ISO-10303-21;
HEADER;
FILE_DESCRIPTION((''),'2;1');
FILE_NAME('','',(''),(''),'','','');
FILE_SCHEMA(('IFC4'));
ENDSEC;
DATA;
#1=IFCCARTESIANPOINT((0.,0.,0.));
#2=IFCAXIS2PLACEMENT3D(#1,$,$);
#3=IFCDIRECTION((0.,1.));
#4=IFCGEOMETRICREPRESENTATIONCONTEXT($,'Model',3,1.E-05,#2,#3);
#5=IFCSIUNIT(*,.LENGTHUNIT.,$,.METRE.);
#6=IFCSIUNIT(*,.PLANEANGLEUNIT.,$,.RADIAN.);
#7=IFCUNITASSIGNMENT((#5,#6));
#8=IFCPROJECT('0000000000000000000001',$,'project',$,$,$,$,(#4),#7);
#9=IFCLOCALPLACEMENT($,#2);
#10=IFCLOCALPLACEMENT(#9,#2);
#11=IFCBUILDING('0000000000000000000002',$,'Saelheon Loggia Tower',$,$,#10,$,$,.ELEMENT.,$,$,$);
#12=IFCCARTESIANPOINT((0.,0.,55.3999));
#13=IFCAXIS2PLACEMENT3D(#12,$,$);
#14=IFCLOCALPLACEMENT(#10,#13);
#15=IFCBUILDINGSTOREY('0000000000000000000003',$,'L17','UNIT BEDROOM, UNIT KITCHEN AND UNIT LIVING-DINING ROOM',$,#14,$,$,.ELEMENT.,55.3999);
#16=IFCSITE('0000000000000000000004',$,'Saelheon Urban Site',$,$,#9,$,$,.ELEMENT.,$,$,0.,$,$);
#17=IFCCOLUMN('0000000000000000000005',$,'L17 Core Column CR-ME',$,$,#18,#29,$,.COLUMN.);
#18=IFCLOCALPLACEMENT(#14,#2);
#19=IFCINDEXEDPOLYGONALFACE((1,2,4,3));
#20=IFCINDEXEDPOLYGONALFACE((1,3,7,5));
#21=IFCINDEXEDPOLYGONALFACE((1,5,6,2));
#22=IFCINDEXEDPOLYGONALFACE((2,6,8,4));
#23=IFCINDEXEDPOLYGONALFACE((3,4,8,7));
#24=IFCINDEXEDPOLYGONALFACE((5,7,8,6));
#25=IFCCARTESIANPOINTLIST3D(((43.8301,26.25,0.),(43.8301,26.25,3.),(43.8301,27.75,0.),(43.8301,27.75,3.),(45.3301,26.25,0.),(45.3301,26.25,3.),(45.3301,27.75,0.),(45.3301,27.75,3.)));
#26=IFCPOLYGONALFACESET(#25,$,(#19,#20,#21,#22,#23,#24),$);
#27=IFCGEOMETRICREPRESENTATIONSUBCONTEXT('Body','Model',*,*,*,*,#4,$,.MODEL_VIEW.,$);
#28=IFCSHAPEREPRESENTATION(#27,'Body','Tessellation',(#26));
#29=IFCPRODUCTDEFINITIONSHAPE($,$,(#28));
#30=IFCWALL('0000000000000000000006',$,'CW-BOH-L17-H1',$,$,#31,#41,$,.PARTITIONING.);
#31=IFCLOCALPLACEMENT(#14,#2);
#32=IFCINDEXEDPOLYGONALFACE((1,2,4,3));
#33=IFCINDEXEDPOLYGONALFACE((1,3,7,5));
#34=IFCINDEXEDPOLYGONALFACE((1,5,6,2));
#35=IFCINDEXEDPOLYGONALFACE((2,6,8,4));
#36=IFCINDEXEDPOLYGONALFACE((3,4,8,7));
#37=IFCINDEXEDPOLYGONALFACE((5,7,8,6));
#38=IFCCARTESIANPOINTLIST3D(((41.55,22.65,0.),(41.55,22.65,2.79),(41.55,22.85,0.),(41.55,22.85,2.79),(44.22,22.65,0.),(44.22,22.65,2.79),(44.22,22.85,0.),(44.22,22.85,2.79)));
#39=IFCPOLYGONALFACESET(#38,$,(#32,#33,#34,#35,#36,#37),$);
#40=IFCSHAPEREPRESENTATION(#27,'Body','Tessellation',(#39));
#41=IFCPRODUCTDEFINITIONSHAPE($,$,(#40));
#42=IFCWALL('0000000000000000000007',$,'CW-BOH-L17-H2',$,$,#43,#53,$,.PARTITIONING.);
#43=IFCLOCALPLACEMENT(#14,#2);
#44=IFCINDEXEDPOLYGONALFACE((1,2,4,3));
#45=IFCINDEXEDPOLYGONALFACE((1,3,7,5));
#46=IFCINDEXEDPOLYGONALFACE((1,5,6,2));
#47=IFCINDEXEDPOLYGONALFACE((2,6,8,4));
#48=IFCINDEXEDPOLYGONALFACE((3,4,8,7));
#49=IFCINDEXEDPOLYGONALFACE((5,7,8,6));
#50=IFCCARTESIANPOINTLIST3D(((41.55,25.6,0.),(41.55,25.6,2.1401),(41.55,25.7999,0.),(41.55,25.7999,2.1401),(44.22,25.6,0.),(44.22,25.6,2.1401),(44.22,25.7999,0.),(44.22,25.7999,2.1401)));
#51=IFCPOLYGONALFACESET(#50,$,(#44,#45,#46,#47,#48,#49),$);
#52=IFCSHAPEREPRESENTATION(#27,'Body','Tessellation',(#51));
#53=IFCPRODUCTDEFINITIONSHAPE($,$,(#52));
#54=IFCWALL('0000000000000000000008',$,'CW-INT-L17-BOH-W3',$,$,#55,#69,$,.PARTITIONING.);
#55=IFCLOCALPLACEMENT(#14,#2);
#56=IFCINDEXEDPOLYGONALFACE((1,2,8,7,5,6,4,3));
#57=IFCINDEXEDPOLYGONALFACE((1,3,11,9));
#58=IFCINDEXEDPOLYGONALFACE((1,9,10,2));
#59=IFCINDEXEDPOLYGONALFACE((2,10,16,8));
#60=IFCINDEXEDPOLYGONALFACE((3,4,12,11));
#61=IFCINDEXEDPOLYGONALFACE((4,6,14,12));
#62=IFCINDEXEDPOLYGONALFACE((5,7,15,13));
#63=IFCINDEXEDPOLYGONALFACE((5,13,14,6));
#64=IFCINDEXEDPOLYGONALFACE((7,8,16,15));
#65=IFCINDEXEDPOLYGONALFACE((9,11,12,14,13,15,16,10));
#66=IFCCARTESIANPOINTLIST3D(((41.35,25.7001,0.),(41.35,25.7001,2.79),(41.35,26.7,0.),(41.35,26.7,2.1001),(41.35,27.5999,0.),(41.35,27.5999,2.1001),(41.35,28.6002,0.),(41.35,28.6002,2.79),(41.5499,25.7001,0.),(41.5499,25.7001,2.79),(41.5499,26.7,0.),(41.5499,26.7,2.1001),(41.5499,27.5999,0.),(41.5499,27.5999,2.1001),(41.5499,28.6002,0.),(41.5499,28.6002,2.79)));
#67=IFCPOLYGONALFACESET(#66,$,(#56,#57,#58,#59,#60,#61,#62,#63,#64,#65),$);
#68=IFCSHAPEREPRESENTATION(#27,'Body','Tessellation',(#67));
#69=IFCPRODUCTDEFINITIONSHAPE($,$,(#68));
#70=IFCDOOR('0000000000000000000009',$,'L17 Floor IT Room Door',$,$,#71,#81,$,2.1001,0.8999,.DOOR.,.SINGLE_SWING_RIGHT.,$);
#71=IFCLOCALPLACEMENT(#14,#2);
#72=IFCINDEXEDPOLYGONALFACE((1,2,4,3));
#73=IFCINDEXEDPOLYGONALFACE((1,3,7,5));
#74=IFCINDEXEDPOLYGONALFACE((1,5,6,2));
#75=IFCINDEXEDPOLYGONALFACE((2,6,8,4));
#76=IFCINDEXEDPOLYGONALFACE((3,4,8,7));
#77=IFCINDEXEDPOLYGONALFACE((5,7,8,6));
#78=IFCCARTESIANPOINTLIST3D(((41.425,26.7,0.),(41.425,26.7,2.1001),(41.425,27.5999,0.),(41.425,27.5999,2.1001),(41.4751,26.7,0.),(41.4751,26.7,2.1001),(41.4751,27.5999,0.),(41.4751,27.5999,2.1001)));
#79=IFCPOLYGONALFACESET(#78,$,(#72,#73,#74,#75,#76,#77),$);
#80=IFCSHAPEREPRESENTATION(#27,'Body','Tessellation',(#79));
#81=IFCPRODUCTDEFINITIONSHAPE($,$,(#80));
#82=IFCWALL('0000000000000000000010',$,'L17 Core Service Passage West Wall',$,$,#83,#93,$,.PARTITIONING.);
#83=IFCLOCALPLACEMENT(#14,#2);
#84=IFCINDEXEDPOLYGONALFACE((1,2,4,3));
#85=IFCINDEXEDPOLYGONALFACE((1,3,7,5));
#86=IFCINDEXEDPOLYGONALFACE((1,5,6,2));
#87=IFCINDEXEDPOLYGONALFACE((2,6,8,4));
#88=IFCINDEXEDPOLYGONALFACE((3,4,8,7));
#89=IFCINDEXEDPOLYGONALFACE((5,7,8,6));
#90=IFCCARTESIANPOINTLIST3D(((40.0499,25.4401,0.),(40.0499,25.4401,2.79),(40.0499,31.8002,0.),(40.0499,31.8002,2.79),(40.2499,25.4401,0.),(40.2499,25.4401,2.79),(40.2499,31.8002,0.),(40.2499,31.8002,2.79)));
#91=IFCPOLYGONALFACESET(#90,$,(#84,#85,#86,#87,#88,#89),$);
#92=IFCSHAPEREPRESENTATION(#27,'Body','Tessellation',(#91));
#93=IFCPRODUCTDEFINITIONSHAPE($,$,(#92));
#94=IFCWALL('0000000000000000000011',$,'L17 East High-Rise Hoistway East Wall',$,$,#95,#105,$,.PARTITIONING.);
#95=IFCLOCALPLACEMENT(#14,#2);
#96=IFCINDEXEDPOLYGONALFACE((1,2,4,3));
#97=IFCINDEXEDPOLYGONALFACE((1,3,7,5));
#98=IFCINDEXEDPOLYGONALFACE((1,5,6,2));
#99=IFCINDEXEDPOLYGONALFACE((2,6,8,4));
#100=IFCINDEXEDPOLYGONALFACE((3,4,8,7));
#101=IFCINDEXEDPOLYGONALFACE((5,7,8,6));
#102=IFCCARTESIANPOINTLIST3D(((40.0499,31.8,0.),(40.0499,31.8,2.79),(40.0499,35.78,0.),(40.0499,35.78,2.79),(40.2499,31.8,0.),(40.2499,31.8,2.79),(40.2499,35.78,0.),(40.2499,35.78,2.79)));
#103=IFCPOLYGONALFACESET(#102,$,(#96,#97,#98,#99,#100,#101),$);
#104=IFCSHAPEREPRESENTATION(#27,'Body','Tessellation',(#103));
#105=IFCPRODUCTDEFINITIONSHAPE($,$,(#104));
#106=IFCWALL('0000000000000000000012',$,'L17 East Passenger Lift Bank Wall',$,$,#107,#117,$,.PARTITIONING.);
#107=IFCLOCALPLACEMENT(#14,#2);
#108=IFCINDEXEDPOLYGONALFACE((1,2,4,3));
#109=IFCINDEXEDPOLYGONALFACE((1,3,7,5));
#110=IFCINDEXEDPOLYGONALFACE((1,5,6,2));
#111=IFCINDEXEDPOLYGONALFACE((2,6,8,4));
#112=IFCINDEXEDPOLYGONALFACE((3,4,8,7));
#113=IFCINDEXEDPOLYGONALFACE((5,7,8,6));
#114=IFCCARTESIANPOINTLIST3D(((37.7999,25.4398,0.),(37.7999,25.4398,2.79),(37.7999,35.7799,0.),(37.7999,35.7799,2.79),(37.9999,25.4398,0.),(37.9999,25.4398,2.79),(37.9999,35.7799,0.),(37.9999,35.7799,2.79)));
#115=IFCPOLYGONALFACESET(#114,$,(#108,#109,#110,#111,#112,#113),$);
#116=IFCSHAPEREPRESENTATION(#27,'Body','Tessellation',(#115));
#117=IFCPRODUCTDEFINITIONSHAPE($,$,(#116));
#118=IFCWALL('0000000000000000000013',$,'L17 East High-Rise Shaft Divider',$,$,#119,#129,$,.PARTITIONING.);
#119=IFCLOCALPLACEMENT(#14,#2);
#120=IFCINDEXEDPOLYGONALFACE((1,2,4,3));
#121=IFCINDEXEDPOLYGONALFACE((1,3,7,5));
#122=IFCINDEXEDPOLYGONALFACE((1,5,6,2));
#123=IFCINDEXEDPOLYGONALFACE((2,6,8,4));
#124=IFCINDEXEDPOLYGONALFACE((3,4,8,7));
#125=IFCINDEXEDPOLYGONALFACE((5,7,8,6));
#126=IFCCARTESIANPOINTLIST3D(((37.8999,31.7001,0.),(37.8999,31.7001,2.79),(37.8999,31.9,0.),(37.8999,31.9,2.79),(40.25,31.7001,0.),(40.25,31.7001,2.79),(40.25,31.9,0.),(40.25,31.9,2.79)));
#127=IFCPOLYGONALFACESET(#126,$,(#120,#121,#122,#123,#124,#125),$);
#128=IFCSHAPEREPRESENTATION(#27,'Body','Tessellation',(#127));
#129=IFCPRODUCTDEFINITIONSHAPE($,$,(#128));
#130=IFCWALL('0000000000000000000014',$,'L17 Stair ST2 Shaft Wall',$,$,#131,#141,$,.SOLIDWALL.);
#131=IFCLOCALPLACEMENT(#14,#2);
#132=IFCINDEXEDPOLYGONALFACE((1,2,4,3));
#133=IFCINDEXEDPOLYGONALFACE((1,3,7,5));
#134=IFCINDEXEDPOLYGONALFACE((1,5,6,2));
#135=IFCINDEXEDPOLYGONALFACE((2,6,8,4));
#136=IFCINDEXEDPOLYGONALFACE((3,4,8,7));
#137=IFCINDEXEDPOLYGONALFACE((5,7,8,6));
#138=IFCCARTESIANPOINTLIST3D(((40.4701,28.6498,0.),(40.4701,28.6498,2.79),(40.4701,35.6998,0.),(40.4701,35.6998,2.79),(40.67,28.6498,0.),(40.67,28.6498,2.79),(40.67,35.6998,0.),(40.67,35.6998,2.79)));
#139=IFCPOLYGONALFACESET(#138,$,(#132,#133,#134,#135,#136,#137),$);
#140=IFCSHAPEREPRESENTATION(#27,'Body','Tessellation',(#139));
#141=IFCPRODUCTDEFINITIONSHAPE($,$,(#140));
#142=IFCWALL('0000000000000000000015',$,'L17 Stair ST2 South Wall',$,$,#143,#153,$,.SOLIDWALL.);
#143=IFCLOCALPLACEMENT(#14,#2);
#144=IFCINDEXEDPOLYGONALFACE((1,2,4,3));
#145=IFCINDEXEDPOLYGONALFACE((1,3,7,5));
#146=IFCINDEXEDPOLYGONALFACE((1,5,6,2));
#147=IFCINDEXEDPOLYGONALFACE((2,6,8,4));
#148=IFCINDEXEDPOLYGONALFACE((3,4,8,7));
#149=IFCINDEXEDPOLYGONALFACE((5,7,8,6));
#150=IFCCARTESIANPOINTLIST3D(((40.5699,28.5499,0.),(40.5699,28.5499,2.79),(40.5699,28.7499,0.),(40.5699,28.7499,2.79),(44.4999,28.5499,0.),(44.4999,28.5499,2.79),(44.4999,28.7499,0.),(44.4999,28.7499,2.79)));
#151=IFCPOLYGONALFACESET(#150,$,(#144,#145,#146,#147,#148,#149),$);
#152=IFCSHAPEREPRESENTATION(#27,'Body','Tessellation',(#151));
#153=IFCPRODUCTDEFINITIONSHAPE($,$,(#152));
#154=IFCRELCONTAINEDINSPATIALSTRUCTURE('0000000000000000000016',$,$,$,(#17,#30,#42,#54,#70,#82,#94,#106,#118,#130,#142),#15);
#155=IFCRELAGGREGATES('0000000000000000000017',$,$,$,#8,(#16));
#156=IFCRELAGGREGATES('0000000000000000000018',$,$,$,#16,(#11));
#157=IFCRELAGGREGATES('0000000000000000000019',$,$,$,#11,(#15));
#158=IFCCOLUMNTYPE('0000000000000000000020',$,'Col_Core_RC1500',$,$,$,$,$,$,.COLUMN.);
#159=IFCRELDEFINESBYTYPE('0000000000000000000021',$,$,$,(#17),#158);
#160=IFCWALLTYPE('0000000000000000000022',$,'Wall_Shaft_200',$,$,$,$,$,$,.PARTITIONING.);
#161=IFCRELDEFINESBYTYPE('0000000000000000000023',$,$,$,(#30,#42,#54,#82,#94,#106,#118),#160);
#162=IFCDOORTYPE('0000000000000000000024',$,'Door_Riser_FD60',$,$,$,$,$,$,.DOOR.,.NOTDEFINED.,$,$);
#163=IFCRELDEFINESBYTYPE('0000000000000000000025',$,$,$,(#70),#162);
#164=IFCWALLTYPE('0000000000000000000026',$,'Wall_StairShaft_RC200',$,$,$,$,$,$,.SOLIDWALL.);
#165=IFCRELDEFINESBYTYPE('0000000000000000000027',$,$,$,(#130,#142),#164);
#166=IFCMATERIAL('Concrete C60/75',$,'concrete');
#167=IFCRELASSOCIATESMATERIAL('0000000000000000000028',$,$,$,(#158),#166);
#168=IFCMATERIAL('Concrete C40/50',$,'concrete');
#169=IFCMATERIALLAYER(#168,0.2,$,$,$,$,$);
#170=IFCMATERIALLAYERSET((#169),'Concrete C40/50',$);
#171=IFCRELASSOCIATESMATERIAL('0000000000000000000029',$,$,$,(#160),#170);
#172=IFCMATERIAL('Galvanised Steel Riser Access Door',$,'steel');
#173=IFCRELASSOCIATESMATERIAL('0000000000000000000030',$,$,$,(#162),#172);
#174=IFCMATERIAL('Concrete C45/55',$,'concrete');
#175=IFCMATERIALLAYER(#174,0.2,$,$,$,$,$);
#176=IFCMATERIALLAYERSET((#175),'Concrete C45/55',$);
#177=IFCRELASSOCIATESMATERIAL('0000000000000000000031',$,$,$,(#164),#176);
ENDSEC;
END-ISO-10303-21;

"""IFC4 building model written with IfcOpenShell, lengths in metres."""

from ifc_helpers import new_model, si_unit, direction, frame, frame_2d, origin, origin_2d, place, context, subcontext, project, spatial, rectangle, extrude, source, transform, mapped, material, layer, layer_set, material_profile, profile_set, type_object, element, fill, save


model = new_model("IFC4")

# Units and contexts
model_context = context("Model", 3, precision=1e-05, world=origin(), true_north=direction((0.0, 1.0)))
body_context = subcontext(model_context, "Body", "Model", "MODEL_VIEW")
ifc_project = project(units=[si_unit("LENGTHUNIT", "METRE"), si_unit("PLANEANGLEUNIT", "RADIAN")], contexts=[model_context])

# Site, building, storey
site_placement = place(None, origin())
site = spatial("IfcSite", under=ifc_project, at=site_placement, Name="Saelheon Urban Site", CompositionType="ELEMENT", RefElevation=0.0)
building_placement = place(site_placement, origin())
building = spatial("IfcBuilding", under=site, at=building_placement, Name="Saelheon Loggia Tower", CompositionType="ELEMENT")
storey_placement = place(building_placement, frame((0.0, 0.0, 55.3999)))
storey = spatial("IfcBuildingStorey", under=building, at=storey_placement, Name="L17", Description="UNIT BEDROOM, UNIT KITCHEN AND UNIT LIVING-DINING ROOM", CompositionType="ELEMENT", Elevation=55.3999)

# Column
ifc_material_1 = material(Name="Concrete C60/75", Category="concrete")
ifc_material_profile = material_profile(ifc_material_1, rectangle(XDim=1.5, YDim=1.5, at=origin_2d()), Name="RC-1500x1500")
ifc_profile_set = profile_set([ifc_material_profile], Name="Concrete C60/75")
column_type = type_object("IfcColumnType", Name="Col_Core_RC1500", PredefinedType="COLUMN", material=ifc_profile_set)
shared_shape_1 = source(origin(), body_context, "Body", "SweptSolid", [
    extrude(rectangle(XDim=1.5, YDim=1.5, at=origin_2d()), origin(), (0.0, 0.0, 1.0), 3.0),
])
column_placement = place(storey_placement, frame((44.5801, 27.0, 0.0), z_axis=(0.0, 0.0, 1.0), x_axis=(1.0, 0.0, 0.0)))
element("IfcColumn", 1, at=column_placement, inside=storey, type_object=column_type, Name="L17 Core Column CR-ME", PredefinedType="COLUMN", context=body_context, shape_type="MappedRepresentation", body=[
    mapped(shared_shape_1, transform((0.0, 0.0, 0.0), scale=1.0)),
])

# Walls
ifc_material_2 = material(Name="Concrete C40/50", Category="concrete")
ifc_layer_1 = layer(ifc_material_2, 0.2)
ifc_layer_set_1 = layer_set([ifc_layer_1], Name="Concrete C40/50")
wall_type_1 = type_object("IfcWallType", Name="Wall_Shaft_200", PredefinedType="PARTITIONING", material=ifc_layer_set_1)
wall_1_placement = place(storey_placement, frame((41.55, 22.75, 0.0), z_axis=(0.0, 0.0, 1.0), x_axis=(1.0, 0.0, 0.0)))
element("IfcWall", 2, at=wall_1_placement, inside=storey, type_object=wall_type_1, Name="CW-BOH-L17-H1", PredefinedType="PARTITIONING", context=body_context, shape_type="SweptSolid", body=[
    extrude(rectangle(XDim=2.6699, YDim=0.2, at=frame_2d((1.335, 0.0))), origin(), (0.0, 0.0, 1.0), 2.79),
])
wall_2_placement = place(storey_placement, frame((41.55, 25.7, 0.0), z_axis=(0.0, 0.0, 1.0), x_axis=(1.0, 0.0, 0.0)))
element("IfcWall", 3, at=wall_2_placement, inside=storey, type_object=wall_type_1, Name="CW-BOH-L17-H2", PredefinedType="PARTITIONING", context=body_context, shape_type="SweptSolid", body=[
    extrude(rectangle(XDim=2.6699, YDim=0.2, at=frame_2d((1.335, 0.0))), origin(), (0.0, 0.0, 1.0), 2.1401),
])

# Wall, opening, door
wall_3_placement = place(storey_placement, frame((41.45, 25.7, 0.0), z_axis=(0.0, 0.0, 1.0), x_axis=(0.0, 1.0, 0.0)))
wall_3 = element("IfcWall", 4, at=wall_3_placement, inside=storey, type_object=wall_type_1, Name="CW-INT-L17-BOH-W3", PredefinedType="PARTITIONING", context=body_context, shape_type="SweptSolid", body=[
    extrude(rectangle(XDim=2.9001, YDim=0.2, at=frame_2d((1.4502, 0.0))), origin(), (0.0, 0.0, 1.0), 2.79),
])
opening_1_placement = place(wall_3_placement, frame((1.0, 0.0, 0.0)))
opening_1 = element("IfcOpeningElement", 5, at=opening_1_placement, cuts=wall_3, PredefinedType="OPENING", context=body_context, shape_type="SweptSolid", body=[
    extrude(rectangle(XDim=0.8999, YDim=2.1001, at=frame_2d((0.45, 1.05))), frame((0.0, 0.1121, 0.0), z_axis=(0.0, -1.0, 0.0), x_axis=(1.0, 0.0, 0.0)), (0.0, 0.0, 1.0), 0.2239),
])
ifc_material_3 = material(Name="Galvanised Steel Riser Access Door", Category="steel")
door_type_1 = type_object("IfcDoorType", Name="Door_Riser_FD60", OperationType="NOTDEFINED", PredefinedType="DOOR", material=ifc_material_3)
shared_shape_2 = source(origin(), body_context, "Body", "SweptSolid", [
    extrude(rectangle(XDim=0.8999, YDim=2.1001, at=frame_2d((0.45, 1.05))), frame((0.0, 0.0249, 0.0), z_axis=(0.0, -1.0, 0.0), x_axis=(1.0, 0.0, 0.0)), (0.0, 0.0, 1.0), 0.05),
])
door_1_placement = place(opening_1_placement, origin())
door_1 = element("IfcDoor", 6, at=door_1_placement, inside=storey, type_object=door_type_1, Name="L17 Floor IT Room Door", OperationType="SINGLE_SWING_RIGHT", OverallHeight=2.1001, OverallWidth=0.8999, PredefinedType="DOOR", context=body_context, shape_type="MappedRepresentation", body=[
    mapped(shared_shape_2, transform((0.0, 0.0, 0.0), scale=1.0)),
])
fill(opening_1, door_1)

# Walls
wall_4_placement = place(storey_placement, frame((40.1499, 25.4399, 0.0), z_axis=(0.0, 0.0, 1.0), x_axis=(0.0, 1.0, 0.0)))
element("IfcWall", 7, at=wall_4_placement, inside=storey, type_object=wall_type_1, Name="L17 Core Service Passage West Wall", PredefinedType="PARTITIONING", context=body_context, shape_type="SweptSolid", body=[
    extrude(rectangle(XDim=6.3601, YDim=0.2, at=frame_2d((3.1802, 0.0))), origin(), (0.0, 0.0, 1.0), 2.79),
])
wall_5_placement = place(storey_placement, frame((40.1499, 31.8, 0.0), z_axis=(0.0, 0.0, 1.0), x_axis=(0.0, 1.0, 0.0)))
element("IfcWall", 8, at=wall_5_placement, inside=storey, type_object=wall_type_1, Name="L17 East High-Rise Hoistway East Wall", PredefinedType="PARTITIONING", context=body_context, shape_type="SweptSolid", body=[
    extrude(rectangle(XDim=3.98, YDim=0.2, at=frame_2d((1.99, 0.0))), origin(), (0.0, 0.0, 1.0), 2.79),
])

# Walls
wall_6_placement = place(storey_placement, frame((37.8999, 25.4399, 0.0), z_axis=(0.0, 0.0, 1.0), x_axis=(0.0, 1.0, 0.0)))
element("IfcWall", 9, at=wall_6_placement, inside=storey, type_object=wall_type_1, Name="L17 East Passenger Lift Bank Wall", PredefinedType="PARTITIONING", context=body_context, shape_type="SweptSolid", body=[
    extrude(rectangle(XDim=10.3401, YDim=0.2, at=frame_2d((5.1699, 0.0))), origin(), (0.0, 0.0, 1.0), 2.79),
])
wall_7_placement = place(storey_placement, frame((37.8999, 31.8, 0.0), z_axis=(0.0, 0.0, 1.0), x_axis=(1.0, 0.0, 0.0)))
element("IfcWall", 10, at=wall_7_placement, inside=storey, type_object=wall_type_1, Name="L17 East High-Rise Shaft Divider", PredefinedType="PARTITIONING", context=body_context, shape_type="SweptSolid", body=[
    extrude(rectangle(XDim=2.3501, YDim=0.2, at=frame_2d((1.175, 0.0))), origin(), (0.0, 0.0, 1.0), 2.79),
])
ifc_material_4 = material(Name="Concrete C45/55", Category="concrete")
ifc_layer_2 = layer(ifc_material_4, 0.2)
ifc_layer_set_2 = layer_set([ifc_layer_2], Name="Concrete C45/55")
wall_type_2 = type_object("IfcWallType", Name="Wall_StairShaft_RC200", PredefinedType="SOLIDWALL", material=ifc_layer_set_2)
wall_8_placement = place(storey_placement, frame((40.5701, 28.6499, 0.0), z_axis=(0.0, 0.0, 1.0), x_axis=(0.0, 1.0, 0.0)))
element("IfcWall", 11, at=wall_8_placement, inside=storey, type_object=wall_type_2, Name="L17 Stair ST2 Shaft Wall", PredefinedType="SOLIDWALL", context=body_context, shape_type="SweptSolid", body=[
    extrude(rectangle(XDim=7.05, YDim=0.2, at=frame_2d((3.5249, 0.0))), origin(), (0.0, 0.0, 1.0), 2.79),
])
wall_9_placement = place(storey_placement, frame((40.5701, 28.6499, 0.0), z_axis=(0.0, 0.0, 1.0), x_axis=(1.0, 0.0, 0.0)))
element("IfcWall", 12, at=wall_9_placement, inside=storey, type_object=wall_type_2, Name="L17 Stair ST2 South Wall", PredefinedType="SOLIDWALL", context=body_context, shape_type="SweptSolid", body=[
    extrude(rectangle(XDim=3.9299, YDim=0.2, at=frame_2d((1.9648, 0.0))), origin(), (0.0, 0.0, 1.0), 2.79),
])

save(model, "model.ifc")
